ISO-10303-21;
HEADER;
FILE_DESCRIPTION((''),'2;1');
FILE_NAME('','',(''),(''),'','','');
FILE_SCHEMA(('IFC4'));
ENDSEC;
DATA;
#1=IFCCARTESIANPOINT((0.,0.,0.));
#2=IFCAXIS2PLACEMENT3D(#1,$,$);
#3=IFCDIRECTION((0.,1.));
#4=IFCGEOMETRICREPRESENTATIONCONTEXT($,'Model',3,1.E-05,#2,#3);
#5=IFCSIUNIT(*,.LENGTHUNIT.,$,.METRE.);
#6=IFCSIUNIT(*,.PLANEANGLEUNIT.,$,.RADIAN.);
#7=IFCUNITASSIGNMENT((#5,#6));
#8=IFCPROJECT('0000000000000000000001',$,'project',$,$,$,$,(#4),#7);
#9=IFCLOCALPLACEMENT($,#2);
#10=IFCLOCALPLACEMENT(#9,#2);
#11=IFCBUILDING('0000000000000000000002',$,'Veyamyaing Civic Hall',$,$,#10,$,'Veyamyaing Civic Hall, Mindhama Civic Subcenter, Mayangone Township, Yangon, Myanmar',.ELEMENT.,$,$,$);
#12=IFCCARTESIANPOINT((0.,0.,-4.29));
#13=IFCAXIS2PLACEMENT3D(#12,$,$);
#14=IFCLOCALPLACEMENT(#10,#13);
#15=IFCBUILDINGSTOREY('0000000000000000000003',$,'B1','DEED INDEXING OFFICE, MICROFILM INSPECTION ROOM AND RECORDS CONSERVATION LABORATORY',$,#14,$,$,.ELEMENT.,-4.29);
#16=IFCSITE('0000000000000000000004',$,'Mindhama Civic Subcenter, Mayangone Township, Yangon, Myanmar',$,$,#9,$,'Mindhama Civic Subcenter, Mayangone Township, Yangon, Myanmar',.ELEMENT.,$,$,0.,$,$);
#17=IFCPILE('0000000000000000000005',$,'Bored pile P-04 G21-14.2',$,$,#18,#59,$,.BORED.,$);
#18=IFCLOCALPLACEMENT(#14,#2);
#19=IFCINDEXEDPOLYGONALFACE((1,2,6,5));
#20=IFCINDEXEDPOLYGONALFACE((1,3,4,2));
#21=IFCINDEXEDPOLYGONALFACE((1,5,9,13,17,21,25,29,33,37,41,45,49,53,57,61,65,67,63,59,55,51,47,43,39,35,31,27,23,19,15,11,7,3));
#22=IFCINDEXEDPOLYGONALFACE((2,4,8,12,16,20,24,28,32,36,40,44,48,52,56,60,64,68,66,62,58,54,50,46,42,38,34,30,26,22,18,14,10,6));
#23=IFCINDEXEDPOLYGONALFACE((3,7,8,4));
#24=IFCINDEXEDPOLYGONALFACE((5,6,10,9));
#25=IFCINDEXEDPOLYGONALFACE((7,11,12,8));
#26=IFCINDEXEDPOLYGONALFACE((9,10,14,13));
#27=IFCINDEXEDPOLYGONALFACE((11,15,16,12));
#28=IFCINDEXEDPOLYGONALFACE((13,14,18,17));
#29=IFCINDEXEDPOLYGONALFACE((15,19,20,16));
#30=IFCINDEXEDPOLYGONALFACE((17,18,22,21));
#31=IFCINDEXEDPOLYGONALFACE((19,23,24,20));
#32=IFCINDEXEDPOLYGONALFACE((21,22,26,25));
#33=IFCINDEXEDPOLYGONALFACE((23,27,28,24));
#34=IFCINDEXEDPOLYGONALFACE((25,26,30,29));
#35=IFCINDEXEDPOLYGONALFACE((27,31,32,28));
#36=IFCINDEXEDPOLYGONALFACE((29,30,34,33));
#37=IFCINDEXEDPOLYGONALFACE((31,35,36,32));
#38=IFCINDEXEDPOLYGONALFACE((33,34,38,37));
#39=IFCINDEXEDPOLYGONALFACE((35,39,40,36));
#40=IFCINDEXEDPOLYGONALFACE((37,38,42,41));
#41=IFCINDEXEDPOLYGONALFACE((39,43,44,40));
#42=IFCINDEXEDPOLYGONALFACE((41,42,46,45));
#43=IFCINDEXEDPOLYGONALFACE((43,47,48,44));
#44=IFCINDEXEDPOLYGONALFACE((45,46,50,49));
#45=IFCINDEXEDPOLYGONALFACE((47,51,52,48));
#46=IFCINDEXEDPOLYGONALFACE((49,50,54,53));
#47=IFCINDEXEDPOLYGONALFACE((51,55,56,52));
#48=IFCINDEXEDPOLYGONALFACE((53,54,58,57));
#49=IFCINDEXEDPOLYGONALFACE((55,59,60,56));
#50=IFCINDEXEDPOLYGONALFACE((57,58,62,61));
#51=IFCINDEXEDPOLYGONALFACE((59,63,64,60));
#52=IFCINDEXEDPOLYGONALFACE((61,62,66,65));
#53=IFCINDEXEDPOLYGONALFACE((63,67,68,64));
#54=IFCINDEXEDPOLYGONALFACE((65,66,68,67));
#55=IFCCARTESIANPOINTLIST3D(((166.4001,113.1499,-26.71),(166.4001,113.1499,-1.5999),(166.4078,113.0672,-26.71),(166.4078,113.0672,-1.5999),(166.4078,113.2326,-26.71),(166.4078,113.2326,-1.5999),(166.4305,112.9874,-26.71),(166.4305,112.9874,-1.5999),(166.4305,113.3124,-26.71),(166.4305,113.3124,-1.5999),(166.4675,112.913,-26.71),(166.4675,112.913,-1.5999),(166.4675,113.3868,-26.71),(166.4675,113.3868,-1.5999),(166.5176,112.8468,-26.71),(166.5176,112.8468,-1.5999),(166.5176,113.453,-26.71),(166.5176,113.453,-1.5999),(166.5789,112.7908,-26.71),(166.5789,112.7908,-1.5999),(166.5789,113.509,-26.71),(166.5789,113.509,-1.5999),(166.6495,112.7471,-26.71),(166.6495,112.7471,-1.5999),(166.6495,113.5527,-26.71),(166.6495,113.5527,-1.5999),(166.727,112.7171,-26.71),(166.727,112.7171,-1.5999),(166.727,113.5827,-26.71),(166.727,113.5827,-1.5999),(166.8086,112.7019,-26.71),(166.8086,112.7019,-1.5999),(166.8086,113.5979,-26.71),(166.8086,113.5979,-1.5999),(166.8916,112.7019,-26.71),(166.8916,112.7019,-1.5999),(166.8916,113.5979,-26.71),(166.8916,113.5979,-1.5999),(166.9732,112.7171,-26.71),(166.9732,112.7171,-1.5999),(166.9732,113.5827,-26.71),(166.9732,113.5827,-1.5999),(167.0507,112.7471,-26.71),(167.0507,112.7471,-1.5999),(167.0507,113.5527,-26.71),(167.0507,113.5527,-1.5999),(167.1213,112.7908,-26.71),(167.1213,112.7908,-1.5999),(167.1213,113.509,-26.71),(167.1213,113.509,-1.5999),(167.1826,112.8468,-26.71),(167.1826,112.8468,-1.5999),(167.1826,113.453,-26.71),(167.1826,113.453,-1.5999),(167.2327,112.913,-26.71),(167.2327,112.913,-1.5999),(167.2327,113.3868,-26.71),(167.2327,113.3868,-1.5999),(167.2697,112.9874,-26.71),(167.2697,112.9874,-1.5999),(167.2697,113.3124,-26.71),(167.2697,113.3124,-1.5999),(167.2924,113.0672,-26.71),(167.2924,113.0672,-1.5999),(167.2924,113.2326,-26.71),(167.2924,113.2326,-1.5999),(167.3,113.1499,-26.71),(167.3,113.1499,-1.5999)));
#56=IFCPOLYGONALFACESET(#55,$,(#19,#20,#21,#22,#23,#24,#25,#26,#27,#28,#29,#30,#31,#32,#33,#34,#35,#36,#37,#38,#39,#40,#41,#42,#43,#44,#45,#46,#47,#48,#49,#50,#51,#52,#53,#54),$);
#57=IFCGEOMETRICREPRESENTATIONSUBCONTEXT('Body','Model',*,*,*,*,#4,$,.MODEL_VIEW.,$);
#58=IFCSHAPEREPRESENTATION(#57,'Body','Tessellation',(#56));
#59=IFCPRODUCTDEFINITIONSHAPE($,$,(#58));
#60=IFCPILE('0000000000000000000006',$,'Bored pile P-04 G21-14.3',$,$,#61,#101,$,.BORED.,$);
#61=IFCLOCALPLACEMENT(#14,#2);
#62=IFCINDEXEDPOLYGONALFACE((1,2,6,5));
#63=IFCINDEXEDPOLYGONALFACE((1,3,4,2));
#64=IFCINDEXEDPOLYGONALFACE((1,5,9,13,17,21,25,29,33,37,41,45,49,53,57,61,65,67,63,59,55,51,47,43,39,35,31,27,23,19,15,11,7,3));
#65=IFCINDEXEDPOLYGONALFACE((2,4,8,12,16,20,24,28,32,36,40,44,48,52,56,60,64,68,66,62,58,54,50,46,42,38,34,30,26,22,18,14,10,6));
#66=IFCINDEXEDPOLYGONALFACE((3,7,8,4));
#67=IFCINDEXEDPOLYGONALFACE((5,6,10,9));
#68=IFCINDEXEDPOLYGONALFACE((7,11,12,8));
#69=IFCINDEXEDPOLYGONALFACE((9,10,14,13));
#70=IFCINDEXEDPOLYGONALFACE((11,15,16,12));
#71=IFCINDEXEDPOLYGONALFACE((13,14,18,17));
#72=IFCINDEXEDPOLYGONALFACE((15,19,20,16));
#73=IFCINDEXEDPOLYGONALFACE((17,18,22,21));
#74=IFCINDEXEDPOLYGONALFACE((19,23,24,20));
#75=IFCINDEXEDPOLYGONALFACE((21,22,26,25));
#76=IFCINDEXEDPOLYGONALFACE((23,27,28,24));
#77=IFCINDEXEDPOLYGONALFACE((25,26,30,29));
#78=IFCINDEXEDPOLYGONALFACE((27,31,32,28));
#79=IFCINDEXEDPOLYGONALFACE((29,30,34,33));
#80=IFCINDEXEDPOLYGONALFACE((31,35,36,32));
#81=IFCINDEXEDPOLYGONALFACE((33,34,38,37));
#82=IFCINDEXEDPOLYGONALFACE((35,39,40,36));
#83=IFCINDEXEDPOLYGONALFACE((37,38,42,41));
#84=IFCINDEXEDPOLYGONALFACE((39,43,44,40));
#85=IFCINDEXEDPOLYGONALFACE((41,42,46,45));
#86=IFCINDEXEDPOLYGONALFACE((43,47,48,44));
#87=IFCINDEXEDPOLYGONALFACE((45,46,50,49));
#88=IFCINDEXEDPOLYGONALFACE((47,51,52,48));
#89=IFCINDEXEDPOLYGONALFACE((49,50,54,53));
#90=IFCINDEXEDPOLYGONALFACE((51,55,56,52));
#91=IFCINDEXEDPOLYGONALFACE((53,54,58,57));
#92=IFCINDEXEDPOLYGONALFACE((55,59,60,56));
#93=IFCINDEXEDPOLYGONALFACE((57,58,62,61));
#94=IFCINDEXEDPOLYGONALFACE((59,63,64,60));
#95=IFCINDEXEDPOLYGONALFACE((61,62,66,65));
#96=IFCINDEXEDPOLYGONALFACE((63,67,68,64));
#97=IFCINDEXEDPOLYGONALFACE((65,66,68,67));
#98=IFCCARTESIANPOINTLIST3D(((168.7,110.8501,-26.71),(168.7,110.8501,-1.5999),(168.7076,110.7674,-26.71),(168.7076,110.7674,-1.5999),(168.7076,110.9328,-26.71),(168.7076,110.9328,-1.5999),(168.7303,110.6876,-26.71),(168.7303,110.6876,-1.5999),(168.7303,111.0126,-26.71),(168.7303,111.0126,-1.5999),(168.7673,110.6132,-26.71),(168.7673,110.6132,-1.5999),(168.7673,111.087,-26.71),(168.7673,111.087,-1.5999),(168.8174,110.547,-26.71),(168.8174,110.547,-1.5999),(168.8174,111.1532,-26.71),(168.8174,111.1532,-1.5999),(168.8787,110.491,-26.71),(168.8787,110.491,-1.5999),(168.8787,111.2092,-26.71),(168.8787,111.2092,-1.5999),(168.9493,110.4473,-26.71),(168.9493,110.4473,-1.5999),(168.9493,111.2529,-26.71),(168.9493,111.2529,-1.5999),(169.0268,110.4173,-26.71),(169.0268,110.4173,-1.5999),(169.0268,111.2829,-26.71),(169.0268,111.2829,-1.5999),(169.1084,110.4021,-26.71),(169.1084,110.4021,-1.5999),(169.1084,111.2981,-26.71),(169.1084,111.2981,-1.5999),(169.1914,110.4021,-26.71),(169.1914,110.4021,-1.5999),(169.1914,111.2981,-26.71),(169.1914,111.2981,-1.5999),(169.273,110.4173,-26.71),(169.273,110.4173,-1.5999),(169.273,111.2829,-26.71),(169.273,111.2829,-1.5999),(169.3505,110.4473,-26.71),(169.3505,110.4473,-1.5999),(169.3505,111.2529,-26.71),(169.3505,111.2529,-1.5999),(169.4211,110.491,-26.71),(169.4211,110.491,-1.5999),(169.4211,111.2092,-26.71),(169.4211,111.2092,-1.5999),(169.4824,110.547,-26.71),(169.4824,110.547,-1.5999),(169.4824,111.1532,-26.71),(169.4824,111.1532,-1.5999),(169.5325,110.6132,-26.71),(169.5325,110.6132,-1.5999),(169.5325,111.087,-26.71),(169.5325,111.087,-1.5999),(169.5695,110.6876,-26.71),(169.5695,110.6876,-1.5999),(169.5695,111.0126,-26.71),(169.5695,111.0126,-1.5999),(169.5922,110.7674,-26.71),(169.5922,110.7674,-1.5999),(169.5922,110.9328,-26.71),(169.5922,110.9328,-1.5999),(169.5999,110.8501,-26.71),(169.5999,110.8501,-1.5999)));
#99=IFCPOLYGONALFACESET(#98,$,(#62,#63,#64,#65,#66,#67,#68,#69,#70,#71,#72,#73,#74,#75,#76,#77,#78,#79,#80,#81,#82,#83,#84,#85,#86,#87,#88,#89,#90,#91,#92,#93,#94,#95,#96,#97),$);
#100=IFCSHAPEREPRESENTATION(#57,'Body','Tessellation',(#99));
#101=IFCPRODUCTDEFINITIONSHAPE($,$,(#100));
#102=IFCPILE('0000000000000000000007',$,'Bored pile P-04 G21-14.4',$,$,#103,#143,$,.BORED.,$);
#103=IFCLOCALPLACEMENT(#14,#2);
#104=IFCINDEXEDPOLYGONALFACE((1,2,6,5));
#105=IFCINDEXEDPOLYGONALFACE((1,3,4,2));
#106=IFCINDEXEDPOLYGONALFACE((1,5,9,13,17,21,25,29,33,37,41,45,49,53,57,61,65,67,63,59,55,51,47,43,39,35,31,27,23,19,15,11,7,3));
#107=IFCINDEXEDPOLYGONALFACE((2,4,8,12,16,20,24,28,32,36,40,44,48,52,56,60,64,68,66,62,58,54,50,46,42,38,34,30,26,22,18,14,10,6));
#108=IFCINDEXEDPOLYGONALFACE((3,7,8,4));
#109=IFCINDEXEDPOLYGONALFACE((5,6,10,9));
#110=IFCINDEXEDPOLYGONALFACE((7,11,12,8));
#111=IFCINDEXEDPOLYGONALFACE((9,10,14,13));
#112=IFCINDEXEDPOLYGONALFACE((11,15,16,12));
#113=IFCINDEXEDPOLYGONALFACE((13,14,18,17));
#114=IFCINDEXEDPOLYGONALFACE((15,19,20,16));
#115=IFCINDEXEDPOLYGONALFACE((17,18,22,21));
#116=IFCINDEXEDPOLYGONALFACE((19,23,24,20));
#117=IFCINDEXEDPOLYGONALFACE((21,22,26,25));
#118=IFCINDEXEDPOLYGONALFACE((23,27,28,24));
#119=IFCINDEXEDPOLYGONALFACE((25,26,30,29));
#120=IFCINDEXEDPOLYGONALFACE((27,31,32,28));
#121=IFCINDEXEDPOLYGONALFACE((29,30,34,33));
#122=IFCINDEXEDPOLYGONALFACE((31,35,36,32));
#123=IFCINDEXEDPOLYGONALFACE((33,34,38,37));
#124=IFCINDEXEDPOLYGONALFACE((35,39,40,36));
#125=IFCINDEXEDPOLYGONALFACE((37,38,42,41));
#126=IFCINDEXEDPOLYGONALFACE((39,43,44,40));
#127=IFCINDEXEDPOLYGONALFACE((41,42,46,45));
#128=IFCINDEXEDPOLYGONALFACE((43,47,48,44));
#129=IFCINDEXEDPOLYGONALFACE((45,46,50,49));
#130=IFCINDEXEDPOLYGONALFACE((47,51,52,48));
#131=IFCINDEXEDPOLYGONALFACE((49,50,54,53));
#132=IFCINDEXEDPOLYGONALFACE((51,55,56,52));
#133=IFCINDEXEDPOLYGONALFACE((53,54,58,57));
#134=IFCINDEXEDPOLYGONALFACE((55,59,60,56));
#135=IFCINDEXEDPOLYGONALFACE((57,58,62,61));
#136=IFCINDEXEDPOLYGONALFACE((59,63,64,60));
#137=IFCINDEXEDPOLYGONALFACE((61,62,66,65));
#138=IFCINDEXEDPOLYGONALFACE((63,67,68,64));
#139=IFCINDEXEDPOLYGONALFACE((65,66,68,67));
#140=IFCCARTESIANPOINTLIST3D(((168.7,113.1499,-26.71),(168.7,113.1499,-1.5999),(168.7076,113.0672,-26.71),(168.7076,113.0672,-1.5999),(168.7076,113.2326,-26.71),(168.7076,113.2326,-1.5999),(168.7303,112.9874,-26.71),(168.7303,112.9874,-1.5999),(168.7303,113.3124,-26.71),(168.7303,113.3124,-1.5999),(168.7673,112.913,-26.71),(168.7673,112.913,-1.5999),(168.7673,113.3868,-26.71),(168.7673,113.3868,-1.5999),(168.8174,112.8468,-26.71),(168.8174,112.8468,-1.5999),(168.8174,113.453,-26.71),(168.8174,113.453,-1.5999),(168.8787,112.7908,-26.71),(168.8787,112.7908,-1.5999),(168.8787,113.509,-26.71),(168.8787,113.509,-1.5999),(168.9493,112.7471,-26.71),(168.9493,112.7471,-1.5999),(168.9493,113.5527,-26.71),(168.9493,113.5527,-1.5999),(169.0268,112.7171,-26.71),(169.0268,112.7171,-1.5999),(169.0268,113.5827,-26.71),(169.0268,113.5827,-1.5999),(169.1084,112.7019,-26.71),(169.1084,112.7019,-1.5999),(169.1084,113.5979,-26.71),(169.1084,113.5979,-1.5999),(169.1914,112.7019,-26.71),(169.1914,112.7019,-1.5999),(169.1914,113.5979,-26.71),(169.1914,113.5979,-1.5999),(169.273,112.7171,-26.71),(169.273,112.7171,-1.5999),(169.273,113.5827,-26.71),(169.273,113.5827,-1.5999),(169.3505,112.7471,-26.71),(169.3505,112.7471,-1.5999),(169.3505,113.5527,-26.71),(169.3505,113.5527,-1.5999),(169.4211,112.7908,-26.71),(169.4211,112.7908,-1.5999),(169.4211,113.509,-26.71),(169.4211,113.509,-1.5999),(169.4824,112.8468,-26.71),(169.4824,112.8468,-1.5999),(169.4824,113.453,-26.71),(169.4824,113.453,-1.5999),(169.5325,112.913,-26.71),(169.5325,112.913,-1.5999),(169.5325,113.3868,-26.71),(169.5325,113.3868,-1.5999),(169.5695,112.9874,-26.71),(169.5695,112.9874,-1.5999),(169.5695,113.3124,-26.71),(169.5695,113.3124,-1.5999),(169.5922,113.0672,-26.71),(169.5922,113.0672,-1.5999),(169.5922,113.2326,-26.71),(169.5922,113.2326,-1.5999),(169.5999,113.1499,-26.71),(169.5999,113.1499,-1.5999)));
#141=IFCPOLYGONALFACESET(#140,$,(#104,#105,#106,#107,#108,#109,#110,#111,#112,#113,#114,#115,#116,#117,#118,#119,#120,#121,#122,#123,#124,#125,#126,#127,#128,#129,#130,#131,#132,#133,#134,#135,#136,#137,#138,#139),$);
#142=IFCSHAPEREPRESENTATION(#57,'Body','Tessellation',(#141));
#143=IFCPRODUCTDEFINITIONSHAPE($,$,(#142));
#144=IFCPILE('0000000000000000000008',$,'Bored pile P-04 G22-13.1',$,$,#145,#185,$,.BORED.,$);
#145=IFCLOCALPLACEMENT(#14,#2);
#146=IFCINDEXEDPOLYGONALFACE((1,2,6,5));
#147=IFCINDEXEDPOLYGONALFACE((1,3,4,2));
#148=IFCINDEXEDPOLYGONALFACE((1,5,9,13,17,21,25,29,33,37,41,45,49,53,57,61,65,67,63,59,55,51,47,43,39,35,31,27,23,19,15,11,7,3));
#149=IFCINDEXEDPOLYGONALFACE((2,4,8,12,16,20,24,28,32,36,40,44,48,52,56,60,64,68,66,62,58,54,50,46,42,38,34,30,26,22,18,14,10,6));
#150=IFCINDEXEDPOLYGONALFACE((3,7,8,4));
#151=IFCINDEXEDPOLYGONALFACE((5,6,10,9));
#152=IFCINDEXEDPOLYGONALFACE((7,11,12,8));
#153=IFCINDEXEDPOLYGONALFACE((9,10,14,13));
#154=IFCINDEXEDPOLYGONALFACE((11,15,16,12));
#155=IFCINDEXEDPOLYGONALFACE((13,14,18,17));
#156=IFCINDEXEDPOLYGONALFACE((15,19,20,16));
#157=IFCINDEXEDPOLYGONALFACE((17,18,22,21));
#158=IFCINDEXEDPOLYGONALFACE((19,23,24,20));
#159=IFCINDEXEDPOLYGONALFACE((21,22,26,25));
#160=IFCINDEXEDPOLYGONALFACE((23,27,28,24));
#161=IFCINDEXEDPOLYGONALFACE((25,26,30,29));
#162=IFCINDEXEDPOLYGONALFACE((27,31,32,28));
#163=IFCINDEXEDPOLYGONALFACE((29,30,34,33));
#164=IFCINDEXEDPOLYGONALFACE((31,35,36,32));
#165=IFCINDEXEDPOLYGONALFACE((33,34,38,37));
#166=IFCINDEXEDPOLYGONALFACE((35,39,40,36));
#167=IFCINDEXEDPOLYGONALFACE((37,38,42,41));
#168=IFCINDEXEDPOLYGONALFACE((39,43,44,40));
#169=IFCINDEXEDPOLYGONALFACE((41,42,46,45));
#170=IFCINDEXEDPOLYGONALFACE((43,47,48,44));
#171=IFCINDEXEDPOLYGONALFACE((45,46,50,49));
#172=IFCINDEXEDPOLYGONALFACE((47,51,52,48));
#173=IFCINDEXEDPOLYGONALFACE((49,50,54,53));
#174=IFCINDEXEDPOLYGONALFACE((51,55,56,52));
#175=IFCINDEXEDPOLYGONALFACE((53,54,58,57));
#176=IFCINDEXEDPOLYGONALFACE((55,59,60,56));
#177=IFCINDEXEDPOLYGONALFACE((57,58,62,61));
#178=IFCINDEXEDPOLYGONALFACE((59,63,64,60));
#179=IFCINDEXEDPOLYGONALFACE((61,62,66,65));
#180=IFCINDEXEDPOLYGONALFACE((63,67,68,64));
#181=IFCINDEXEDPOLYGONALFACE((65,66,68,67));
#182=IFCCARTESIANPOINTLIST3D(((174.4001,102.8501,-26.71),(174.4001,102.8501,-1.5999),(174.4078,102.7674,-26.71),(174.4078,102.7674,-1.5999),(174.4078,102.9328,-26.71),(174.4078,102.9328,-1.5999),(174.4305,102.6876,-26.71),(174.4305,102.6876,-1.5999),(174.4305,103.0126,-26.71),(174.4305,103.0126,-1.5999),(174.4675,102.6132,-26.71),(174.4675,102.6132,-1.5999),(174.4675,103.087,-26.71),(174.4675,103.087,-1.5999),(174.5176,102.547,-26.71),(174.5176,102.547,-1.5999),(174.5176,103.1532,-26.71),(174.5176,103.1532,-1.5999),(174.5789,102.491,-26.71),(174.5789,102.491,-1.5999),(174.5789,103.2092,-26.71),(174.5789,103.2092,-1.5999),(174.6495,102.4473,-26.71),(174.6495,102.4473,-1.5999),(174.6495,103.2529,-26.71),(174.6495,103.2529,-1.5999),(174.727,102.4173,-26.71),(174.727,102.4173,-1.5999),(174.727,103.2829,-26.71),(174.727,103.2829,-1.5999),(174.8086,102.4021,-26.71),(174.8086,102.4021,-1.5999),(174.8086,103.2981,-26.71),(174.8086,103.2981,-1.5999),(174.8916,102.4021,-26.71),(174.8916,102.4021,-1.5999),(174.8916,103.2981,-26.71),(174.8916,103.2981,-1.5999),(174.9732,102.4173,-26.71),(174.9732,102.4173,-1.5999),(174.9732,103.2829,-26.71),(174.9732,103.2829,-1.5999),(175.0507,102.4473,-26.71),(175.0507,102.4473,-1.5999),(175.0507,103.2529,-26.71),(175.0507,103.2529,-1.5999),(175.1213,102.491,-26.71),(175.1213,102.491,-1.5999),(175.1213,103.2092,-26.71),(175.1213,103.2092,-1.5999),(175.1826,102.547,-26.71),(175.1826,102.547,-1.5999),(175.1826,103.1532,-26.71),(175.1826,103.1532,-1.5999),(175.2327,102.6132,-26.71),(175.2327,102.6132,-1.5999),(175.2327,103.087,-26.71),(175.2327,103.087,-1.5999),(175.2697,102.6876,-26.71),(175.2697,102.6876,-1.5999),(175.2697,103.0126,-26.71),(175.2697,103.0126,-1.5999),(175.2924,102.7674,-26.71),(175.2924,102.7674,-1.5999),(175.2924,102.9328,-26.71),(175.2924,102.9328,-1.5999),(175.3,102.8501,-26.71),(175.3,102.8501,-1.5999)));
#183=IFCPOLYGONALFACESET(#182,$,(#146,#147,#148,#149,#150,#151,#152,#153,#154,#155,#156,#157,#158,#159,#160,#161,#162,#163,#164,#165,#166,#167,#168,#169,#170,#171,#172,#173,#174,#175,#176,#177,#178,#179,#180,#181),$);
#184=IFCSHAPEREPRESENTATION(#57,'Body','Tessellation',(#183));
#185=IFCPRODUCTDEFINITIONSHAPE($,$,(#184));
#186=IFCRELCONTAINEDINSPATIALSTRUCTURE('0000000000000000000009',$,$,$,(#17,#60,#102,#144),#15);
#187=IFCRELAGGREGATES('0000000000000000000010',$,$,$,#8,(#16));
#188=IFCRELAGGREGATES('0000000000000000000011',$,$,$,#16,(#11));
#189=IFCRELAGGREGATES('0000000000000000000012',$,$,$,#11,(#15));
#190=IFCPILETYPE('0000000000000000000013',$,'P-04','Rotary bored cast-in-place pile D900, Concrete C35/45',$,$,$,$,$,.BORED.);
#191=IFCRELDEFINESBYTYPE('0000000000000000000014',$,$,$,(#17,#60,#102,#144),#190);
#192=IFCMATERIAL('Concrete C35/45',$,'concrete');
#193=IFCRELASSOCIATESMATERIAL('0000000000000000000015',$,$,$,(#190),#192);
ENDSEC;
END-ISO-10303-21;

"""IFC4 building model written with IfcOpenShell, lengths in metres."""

from ifc_helpers import new_model, si_unit, direction, frame, origin, origin_2d, place, context, subcontext, project, spatial, circle, extrude, material, material_profile, profile_set, type_object, element, save


model = new_model("IFC4")

# Units and contexts
model_context = context("Model", 3, precision=1e-05, world=origin(), true_north=direction((0.0, 1.0)))
body_context = subcontext(model_context, "Body", "Model", "MODEL_VIEW")
ifc_project = project(units=[si_unit("LENGTHUNIT", "METRE"), si_unit("PLANEANGLEUNIT", "RADIAN")], contexts=[model_context])

# Site, building, storey
site_placement = place(None, origin())
site = spatial("IfcSite", under=ifc_project, at=site_placement, Name="Mindhama Civic Subcenter, Mayangone Township, Yangon, Myanmar", LongName="Mindhama Civic Subcenter, Mayangone Township, Yangon, Myanmar", CompositionType="ELEMENT", RefElevation=0.0)
building_placement = place(site_placement, origin())
building = spatial("IfcBuilding", under=site, at=building_placement, Name="Veyamyaing Civic Hall", LongName="Veyamyaing Civic Hall, Mindhama Civic Subcenter, Mayangone Township, Yangon, Myanmar", CompositionType="ELEMENT")
storey_placement = place(building_placement, frame((0.0, 0.0, -4.29)))
storey = spatial("IfcBuildingStorey", under=building, at=storey_placement, Name="B1", Description="DEED INDEXING OFFICE, MICROFILM INSPECTION ROOM AND RECORDS CONSERVATION LABORATORY", CompositionType="ELEMENT", Elevation=-4.29)

# Piles
ifc_material_1 = material(Name="Concrete C35/45", Category="concrete")
ifc_material_profile_1 = material_profile(ifc_material_1, circle(Radius=0.45, at=origin_2d()), Name="PILE-D900")
ifc_profile_set_1 = profile_set([ifc_material_profile_1], Name="Concrete C35/45")
pile_type_1 = type_object("IfcPileType", Name="P-04", Description="Rotary bored cast-in-place pile D900, Concrete C35/45", PredefinedType="BORED", material=ifc_profile_set_1)
for number, where, z_axis, x_axis, name in (
    (1, (166.8501, 113.1499, -1.5999), (0.0, 0.0, -1.0), (1.0, 0.0, 0.0), "Bored pile P-04 G21-14.2"),
    (2, (169.1499, 110.8501, -1.5999), (0.0, 0.0, -1.0), (1.0, 0.0, 0.0), "Bored pile P-04 G21-14.3"),
    (3, (169.1499, 113.1499, -1.5999), (0.0, 0.0, -1.0), (1.0, 0.0, 0.0), "Bored pile P-04 G21-14.4"),
    (4, (174.8501, 102.8501, -1.5999), (0.0, 0.0, -1.0), (1.0, 0.0, 0.0), "Bored pile P-04 G22-13.1"),
):
    element("IfcPile", number, at=place(storey_placement, frame(where, z_axis=z_axis, x_axis=x_axis)), inside=storey, type_object=pile_type_1, Name=name, PredefinedType="BORED", context=body_context, shape_type="SweptSolid", body=[
        extrude(circle(Radius=0.45, at=origin_2d()), origin(), (0.0, 0.0, 1.0), 25.1101),
    ])

save(model, "model.ifc")
